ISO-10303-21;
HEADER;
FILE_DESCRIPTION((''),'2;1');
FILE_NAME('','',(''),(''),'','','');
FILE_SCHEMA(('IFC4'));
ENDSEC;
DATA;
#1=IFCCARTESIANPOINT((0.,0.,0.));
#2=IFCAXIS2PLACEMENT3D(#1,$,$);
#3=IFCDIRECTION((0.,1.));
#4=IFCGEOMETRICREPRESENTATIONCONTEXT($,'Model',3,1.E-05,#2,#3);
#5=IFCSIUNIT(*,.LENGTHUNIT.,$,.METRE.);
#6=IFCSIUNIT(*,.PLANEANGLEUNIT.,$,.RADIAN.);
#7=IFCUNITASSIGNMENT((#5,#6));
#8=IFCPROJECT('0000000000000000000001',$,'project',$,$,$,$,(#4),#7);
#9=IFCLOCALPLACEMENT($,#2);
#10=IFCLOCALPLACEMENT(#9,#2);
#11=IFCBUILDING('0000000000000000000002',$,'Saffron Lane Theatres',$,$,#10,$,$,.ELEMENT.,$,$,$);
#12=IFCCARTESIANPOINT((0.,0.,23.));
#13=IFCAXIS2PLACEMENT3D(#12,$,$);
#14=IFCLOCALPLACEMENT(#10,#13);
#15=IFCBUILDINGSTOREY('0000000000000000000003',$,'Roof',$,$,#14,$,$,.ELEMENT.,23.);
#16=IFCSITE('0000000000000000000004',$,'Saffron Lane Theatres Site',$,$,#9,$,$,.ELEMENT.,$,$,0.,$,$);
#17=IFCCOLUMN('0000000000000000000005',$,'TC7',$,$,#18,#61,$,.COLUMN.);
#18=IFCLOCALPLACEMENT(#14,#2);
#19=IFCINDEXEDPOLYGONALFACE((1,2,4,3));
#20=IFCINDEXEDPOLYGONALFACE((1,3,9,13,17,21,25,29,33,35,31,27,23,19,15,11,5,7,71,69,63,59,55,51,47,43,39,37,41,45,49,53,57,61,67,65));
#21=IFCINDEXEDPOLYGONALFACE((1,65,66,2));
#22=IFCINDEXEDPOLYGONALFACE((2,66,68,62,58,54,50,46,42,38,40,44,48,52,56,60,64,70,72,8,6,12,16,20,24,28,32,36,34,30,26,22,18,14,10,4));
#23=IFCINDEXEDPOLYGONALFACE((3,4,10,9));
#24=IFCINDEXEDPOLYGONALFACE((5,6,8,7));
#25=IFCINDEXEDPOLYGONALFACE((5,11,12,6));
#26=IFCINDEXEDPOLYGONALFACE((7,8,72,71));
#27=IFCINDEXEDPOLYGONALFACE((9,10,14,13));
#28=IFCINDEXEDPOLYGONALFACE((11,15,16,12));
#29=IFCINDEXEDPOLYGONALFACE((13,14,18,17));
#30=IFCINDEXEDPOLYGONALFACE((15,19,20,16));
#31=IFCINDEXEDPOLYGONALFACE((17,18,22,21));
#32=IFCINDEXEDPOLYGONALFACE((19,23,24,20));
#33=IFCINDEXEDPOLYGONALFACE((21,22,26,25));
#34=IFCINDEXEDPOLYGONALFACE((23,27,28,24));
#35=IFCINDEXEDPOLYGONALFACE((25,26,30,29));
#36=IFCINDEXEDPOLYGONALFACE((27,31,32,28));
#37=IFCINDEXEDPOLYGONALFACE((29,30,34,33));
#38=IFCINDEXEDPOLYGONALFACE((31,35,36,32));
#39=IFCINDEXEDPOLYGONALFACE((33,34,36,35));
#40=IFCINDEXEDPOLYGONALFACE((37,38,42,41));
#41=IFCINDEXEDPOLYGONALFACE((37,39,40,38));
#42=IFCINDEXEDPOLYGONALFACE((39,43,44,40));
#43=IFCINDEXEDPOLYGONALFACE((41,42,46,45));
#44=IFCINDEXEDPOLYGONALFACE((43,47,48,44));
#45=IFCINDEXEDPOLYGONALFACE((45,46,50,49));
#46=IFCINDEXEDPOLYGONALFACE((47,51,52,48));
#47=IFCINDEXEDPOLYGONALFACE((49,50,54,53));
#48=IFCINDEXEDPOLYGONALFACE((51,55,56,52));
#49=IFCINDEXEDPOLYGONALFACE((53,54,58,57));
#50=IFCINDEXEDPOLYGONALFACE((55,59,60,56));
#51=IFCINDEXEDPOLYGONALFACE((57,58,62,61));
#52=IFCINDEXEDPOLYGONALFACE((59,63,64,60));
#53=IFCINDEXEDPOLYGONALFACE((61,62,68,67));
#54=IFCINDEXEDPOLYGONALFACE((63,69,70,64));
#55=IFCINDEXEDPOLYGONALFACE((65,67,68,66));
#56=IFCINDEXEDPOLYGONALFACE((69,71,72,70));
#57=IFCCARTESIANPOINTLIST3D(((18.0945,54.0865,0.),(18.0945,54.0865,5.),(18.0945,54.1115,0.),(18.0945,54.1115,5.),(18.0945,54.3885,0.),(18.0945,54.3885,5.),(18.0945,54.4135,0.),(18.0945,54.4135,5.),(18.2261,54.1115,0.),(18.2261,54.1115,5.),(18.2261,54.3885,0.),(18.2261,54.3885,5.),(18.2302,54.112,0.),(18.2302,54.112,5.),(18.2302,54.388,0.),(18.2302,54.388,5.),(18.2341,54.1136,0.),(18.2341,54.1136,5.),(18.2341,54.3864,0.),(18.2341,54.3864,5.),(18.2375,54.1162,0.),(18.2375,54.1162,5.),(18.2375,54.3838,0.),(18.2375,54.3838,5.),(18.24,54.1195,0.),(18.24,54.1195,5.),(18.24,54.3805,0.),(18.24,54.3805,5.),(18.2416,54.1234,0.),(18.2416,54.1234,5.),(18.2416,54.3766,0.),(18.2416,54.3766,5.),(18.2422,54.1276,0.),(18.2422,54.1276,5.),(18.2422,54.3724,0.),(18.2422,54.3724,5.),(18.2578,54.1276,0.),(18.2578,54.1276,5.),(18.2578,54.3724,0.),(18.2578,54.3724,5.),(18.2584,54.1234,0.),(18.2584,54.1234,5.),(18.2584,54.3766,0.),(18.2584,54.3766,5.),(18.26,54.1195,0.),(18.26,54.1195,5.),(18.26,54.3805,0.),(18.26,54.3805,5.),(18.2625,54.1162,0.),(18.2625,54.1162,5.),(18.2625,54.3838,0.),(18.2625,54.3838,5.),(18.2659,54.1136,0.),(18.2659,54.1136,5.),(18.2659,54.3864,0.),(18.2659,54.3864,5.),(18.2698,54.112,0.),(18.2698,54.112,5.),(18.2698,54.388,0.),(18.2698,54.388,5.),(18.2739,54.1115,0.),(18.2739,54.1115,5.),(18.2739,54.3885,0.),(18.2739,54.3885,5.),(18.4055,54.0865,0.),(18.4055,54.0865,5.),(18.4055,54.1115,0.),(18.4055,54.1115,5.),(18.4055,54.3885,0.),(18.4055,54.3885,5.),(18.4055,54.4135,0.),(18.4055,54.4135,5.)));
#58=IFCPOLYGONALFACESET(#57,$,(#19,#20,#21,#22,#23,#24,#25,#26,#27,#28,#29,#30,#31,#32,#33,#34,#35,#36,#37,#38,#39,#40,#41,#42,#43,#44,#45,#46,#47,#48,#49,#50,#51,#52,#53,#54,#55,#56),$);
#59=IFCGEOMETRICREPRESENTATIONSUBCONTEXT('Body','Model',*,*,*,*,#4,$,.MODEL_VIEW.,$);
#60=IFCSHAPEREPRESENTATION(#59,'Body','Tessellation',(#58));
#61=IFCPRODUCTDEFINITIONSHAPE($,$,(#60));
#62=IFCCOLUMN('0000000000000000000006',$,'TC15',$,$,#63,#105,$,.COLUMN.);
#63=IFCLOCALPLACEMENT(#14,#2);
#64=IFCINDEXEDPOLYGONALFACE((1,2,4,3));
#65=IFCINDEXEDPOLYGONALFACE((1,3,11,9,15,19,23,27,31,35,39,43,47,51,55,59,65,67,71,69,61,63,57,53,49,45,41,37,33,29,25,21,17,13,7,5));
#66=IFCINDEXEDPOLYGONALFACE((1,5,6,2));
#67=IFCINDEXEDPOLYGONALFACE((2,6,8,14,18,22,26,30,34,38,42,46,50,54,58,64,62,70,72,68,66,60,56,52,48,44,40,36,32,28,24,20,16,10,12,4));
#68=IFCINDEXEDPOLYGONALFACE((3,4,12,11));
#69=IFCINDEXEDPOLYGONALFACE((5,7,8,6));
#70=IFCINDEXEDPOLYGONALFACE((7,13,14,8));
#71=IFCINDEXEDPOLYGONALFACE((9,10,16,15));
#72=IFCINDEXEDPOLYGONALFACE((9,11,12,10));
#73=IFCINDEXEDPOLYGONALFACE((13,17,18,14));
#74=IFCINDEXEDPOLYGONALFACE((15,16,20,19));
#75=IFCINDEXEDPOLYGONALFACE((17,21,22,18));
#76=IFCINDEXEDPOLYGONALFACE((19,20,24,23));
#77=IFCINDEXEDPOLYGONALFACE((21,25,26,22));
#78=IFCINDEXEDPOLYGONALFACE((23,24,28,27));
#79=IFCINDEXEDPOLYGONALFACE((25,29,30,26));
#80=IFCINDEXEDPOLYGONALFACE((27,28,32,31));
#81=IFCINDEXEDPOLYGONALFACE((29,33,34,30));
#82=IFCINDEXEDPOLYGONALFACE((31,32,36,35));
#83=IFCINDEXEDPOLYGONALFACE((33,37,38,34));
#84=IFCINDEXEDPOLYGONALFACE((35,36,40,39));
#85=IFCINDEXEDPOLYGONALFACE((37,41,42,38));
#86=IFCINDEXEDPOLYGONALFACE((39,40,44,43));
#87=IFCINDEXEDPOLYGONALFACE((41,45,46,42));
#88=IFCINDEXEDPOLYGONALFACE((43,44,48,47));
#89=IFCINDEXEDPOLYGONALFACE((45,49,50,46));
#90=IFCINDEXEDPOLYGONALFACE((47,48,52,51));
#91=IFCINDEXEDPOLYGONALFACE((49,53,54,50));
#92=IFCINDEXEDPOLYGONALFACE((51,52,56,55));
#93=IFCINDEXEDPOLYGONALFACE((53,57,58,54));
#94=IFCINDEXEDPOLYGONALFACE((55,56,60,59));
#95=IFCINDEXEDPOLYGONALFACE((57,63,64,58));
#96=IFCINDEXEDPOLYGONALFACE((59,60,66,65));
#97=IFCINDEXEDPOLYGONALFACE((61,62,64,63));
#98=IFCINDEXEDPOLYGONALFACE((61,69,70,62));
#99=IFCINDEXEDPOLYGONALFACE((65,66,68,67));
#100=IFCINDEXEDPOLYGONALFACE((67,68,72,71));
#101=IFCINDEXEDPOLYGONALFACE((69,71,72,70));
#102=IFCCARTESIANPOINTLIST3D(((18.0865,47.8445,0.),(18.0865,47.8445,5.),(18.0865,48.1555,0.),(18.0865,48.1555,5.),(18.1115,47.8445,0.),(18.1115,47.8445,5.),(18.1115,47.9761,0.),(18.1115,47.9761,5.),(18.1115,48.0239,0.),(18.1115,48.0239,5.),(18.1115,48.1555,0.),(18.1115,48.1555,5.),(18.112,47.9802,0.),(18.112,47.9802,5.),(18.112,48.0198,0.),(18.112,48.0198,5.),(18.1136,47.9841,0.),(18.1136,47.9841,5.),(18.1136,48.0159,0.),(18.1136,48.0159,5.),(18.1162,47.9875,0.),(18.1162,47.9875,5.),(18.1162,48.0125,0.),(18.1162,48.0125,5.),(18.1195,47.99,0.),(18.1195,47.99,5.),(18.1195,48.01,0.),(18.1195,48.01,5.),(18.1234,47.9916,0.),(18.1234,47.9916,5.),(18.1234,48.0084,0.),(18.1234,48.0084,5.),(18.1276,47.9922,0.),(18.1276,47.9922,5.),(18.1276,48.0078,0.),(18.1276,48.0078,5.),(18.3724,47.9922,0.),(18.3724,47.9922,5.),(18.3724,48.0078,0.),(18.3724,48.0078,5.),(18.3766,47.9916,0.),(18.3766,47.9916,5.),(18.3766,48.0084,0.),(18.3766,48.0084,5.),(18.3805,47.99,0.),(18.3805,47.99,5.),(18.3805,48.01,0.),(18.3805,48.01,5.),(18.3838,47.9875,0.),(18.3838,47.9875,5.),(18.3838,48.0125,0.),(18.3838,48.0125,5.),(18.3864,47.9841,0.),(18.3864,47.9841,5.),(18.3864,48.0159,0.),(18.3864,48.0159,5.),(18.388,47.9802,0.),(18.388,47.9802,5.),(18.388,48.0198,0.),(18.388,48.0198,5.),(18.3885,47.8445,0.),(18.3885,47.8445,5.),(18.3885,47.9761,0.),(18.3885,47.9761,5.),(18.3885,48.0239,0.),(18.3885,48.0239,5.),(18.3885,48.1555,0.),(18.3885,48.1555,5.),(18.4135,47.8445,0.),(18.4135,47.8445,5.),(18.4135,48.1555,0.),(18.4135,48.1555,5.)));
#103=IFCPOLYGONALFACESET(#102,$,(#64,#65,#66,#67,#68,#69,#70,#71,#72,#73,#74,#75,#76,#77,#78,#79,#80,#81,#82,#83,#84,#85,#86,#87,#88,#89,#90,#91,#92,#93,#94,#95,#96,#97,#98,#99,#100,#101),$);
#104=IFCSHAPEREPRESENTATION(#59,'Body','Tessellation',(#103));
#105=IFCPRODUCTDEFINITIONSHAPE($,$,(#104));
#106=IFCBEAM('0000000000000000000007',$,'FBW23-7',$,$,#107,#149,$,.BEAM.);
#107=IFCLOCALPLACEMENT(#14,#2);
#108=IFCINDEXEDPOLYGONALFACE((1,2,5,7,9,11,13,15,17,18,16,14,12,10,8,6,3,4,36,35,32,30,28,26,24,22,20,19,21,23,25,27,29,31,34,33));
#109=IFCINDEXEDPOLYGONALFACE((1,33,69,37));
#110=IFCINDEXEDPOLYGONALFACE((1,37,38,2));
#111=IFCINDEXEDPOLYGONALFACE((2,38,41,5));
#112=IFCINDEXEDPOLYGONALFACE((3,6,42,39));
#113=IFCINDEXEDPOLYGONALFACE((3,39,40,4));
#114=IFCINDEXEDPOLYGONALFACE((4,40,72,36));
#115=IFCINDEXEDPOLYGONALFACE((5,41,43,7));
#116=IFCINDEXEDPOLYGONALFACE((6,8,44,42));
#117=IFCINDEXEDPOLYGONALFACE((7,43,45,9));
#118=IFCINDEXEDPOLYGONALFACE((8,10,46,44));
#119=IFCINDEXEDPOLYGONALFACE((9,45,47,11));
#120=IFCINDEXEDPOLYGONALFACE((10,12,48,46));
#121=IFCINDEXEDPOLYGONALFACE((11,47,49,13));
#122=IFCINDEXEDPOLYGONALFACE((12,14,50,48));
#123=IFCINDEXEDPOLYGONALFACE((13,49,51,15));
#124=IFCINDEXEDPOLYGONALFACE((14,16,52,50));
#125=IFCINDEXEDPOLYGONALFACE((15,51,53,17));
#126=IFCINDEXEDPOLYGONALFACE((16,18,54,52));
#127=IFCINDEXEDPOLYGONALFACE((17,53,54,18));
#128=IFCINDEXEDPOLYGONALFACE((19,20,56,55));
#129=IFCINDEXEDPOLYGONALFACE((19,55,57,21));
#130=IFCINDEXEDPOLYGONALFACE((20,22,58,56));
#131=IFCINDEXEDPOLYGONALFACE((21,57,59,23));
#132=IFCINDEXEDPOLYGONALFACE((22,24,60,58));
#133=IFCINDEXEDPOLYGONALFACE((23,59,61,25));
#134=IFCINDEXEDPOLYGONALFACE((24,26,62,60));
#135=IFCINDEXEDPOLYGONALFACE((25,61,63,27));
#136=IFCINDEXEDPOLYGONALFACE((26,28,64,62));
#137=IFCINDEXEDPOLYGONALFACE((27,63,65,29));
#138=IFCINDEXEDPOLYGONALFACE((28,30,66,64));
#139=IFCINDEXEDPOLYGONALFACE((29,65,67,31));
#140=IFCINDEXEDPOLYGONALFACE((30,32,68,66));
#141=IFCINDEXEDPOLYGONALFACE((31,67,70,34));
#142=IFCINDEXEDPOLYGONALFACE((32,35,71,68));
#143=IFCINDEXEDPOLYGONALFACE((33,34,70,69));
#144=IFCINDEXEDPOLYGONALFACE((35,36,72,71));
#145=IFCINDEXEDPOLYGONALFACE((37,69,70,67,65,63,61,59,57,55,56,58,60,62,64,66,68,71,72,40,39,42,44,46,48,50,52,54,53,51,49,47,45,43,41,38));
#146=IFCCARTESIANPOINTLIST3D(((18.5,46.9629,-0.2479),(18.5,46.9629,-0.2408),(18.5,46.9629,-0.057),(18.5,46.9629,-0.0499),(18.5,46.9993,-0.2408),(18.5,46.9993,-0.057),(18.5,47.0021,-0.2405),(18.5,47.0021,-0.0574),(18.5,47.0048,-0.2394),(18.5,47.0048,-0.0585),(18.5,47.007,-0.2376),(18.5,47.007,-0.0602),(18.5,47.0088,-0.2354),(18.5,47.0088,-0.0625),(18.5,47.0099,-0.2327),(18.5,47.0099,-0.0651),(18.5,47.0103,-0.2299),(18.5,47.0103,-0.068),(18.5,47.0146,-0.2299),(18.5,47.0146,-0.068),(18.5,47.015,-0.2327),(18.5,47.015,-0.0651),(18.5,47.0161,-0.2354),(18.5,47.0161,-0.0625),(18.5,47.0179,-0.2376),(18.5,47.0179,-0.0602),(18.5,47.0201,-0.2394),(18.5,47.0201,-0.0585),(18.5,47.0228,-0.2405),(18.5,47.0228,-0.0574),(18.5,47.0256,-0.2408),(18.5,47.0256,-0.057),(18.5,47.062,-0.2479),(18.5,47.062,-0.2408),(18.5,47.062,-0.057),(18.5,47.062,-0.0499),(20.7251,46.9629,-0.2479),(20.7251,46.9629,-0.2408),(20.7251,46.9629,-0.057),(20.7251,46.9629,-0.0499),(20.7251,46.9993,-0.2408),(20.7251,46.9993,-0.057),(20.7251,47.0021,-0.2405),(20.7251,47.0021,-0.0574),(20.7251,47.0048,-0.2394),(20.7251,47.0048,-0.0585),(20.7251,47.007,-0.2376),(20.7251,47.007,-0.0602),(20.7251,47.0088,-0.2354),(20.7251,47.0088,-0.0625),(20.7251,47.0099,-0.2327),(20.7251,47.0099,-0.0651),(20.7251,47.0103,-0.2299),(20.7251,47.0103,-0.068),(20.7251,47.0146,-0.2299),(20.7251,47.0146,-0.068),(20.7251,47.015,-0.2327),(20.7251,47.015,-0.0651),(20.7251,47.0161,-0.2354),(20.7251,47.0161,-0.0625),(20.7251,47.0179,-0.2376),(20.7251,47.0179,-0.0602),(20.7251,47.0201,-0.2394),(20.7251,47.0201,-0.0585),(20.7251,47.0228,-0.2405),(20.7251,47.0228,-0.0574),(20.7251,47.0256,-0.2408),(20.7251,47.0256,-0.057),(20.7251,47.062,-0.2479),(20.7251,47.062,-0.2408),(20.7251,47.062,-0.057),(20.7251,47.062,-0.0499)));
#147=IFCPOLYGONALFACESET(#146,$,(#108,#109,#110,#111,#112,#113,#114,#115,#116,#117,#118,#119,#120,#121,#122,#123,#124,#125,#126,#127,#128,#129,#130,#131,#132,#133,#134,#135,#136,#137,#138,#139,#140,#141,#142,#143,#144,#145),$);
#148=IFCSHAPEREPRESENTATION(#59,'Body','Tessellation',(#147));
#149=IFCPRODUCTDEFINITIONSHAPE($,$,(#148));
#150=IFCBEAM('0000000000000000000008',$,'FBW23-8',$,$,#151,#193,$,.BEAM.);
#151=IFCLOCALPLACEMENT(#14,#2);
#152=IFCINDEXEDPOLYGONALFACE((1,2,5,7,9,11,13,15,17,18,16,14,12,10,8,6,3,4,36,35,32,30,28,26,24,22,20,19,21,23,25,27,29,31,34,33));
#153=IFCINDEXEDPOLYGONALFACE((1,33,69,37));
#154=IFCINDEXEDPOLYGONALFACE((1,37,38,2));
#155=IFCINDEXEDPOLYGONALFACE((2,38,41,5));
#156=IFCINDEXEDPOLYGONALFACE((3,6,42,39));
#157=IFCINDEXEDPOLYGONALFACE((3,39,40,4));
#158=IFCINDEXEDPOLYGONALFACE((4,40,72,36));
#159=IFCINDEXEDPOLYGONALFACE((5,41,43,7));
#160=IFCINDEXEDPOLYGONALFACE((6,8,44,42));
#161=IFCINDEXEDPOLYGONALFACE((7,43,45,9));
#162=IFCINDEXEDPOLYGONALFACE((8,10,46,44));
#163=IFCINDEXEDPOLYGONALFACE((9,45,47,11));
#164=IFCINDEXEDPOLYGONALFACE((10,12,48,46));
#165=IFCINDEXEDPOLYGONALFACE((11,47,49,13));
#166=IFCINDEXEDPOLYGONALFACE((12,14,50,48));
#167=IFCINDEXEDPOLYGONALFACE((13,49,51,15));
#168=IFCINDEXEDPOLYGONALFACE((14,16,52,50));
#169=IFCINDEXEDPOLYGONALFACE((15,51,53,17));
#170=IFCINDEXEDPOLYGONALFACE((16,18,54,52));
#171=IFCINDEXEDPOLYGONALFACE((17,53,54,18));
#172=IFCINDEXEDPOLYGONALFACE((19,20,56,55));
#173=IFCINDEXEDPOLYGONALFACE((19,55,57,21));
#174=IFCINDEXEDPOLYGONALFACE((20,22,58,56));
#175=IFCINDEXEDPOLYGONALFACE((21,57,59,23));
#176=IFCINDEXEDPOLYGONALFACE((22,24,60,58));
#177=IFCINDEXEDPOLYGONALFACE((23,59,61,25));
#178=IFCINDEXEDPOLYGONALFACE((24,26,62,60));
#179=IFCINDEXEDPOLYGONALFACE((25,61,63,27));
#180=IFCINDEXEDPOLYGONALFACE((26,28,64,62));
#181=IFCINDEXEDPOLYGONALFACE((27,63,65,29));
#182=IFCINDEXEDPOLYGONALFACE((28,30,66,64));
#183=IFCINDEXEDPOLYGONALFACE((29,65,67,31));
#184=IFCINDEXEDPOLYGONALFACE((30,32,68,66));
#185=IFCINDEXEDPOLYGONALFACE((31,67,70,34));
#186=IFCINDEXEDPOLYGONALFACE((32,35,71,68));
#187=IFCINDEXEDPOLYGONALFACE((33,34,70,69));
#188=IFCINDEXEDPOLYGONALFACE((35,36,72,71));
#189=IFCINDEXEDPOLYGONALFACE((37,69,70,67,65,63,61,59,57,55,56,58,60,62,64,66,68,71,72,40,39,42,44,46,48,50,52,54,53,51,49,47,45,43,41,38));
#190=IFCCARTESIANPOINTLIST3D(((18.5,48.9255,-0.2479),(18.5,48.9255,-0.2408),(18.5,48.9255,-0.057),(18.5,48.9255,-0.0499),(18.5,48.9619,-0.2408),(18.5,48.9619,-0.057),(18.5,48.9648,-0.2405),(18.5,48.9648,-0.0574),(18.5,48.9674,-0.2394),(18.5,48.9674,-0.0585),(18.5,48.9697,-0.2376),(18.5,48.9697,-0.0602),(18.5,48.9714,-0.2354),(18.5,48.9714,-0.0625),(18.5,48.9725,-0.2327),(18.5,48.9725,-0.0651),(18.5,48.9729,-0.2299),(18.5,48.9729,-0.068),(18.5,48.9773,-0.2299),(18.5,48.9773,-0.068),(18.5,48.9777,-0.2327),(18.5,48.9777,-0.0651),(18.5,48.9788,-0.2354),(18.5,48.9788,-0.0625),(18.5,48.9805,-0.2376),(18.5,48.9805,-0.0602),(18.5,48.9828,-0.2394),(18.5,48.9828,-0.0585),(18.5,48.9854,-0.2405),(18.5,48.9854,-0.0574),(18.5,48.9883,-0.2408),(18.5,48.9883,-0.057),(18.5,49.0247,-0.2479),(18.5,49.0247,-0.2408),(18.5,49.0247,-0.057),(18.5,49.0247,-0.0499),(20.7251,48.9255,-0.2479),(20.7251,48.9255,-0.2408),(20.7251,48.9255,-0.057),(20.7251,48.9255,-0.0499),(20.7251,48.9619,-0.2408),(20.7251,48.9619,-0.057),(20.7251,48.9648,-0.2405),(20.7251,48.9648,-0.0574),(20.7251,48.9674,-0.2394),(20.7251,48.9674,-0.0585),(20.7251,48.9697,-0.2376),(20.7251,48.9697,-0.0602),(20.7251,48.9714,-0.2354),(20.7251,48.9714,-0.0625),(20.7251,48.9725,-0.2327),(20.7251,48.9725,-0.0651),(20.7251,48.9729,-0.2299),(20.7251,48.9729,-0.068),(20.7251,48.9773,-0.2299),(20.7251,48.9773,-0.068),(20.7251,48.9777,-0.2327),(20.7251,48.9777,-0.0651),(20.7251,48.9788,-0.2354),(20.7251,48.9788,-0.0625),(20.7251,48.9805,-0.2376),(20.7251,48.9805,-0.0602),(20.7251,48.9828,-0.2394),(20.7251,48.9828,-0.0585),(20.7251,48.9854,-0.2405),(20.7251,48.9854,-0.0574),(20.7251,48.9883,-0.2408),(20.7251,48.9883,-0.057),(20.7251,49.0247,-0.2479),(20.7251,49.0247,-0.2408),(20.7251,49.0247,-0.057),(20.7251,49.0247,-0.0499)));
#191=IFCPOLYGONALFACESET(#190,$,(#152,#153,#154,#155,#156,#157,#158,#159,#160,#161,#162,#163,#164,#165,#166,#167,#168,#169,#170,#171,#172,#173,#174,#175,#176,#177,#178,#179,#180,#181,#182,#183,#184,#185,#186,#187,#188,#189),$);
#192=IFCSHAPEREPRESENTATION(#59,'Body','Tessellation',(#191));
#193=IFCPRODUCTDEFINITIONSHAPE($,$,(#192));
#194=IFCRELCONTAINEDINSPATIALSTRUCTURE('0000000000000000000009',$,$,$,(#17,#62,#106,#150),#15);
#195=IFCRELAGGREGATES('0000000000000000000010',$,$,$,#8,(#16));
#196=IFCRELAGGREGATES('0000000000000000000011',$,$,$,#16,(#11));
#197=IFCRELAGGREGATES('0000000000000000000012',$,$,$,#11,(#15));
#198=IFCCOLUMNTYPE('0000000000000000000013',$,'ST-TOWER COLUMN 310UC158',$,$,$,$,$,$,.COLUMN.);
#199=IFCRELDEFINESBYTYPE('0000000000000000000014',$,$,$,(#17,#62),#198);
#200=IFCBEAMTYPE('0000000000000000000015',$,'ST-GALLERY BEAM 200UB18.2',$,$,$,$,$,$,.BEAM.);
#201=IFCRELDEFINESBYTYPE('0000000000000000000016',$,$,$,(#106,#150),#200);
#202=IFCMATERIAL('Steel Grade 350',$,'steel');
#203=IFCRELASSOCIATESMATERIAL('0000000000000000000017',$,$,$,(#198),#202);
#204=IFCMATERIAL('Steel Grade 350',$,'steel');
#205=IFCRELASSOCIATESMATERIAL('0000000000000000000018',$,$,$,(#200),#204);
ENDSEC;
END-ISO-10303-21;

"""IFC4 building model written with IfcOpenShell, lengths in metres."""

from ifc_helpers import new_model, si_unit, direction, frame, origin, origin_2d, place, context, subcontext, project, spatial, i_section, extrude, material, material_profile, profile_set, type_object, element, save


model = new_model("IFC4")

# Units and contexts
model_context = context("Model", 3, precision=1e-05, world=origin(), true_north=direction((0.0, 1.0)))
body_context = subcontext(model_context, "Body", "Model", "MODEL_VIEW")
ifc_project = project(units=[si_unit("LENGTHUNIT", "METRE"), si_unit("PLANEANGLEUNIT", "RADIAN")], contexts=[model_context])

# Site, building, storey
site_placement = place(None, origin())
site = spatial("IfcSite", under=ifc_project, at=site_placement, Name="Saffron Lane Theatres Site", CompositionType="ELEMENT", RefElevation=0.0)
building_placement = place(site_placement, origin())
building = spatial("IfcBuilding", under=site, at=building_placement, Name="Saffron Lane Theatres", CompositionType="ELEMENT")
storey_placement = place(building_placement, frame((0.0, 0.0, 23.0)))
storey = spatial("IfcBuildingStorey", under=building, at=storey_placement, Name="Roof", CompositionType="ELEMENT", Elevation=23.0)

# Columns
ifc_material_1 = material(Name="Steel Grade 350", Category="steel")
ifc_material_profile_1 = material_profile(ifc_material_1, i_section(OverallWidth=0.311, OverallDepth=0.3269, WebThickness=0.0156, FlangeThickness=0.0249, FilletRadius=0.0161, at=origin_2d()))
ifc_profile_set_1 = profile_set([ifc_material_profile_1], Name="Steel Grade 350")
column_type = type_object("IfcColumnType", Name="ST-TOWER COLUMN 310UC158", PredefinedType="COLUMN", material=ifc_profile_set_1)
for number, where, z_axis, x_axis, name in (
    (1, (18.25, 54.25, 0.0), (0.0, 0.0, 1.0), (1.0, 0.0, 0.0), "TC7"),
    (2, (18.25, 48.0, 0.0), (0.0, 0.0, 1.0), (0.0, 1.0, 0.0), "TC15"),
):
    element("IfcColumn", number, at=place(storey_placement, frame(where, z_axis=z_axis, x_axis=x_axis)), inside=storey, type_object=column_type, Name=name, PredefinedType="COLUMN", context=body_context, shape_type="SweptSolid", body=[
        extrude(i_section(OverallWidth=0.311, OverallDepth=0.3269, WebThickness=0.0156, FlangeThickness=0.0249, FilletRadius=0.0161, at=origin_2d()), origin(), (0.0, 0.0, 1.0), 5.0),
    ])

# Beams
ifc_material_2 = material(Name="Steel Grade 350", Category="steel")
ifc_material_profile_2 = material_profile(ifc_material_2, i_section(OverallWidth=0.0991, OverallDepth=0.198, WebThickness=0.0044, FlangeThickness=0.0071, FilletRadius=0.011, at=origin_2d()))
ifc_profile_set_2 = profile_set([ifc_material_profile_2], Name="Steel Grade 350")
beam_type_1 = type_object("IfcBeamType", Name="ST-GALLERY BEAM 200UB18.2", PredefinedType="BEAM", material=ifc_profile_set_2)
for number, where, z_axis, x_axis, name in (
    (3, (18.5, 47.0125, -0.1489), (1.0, 0.0, 0.0), (0.0, 1.0, 0.0), "FBW23-7"),
    (4, (18.5, 48.9751, -0.1489), (1.0, 0.0, 0.0), (0.0, 1.0, 0.0), "FBW23-8"),
):
    element("IfcBeam", number, at=place(storey_placement, frame(where, z_axis=z_axis, x_axis=x_axis)), inside=storey, type_object=beam_type_1, Name=name, PredefinedType="BEAM", context=body_context, shape_type="SweptSolid", body=[
        extrude(i_section(OverallWidth=0.0991, OverallDepth=0.198, WebThickness=0.0044, FlangeThickness=0.0071, FilletRadius=0.011, at=origin_2d()), origin(), (0.0, 0.0, 1.0), 2.2251),
    ])

save(model, "model.ifc")
